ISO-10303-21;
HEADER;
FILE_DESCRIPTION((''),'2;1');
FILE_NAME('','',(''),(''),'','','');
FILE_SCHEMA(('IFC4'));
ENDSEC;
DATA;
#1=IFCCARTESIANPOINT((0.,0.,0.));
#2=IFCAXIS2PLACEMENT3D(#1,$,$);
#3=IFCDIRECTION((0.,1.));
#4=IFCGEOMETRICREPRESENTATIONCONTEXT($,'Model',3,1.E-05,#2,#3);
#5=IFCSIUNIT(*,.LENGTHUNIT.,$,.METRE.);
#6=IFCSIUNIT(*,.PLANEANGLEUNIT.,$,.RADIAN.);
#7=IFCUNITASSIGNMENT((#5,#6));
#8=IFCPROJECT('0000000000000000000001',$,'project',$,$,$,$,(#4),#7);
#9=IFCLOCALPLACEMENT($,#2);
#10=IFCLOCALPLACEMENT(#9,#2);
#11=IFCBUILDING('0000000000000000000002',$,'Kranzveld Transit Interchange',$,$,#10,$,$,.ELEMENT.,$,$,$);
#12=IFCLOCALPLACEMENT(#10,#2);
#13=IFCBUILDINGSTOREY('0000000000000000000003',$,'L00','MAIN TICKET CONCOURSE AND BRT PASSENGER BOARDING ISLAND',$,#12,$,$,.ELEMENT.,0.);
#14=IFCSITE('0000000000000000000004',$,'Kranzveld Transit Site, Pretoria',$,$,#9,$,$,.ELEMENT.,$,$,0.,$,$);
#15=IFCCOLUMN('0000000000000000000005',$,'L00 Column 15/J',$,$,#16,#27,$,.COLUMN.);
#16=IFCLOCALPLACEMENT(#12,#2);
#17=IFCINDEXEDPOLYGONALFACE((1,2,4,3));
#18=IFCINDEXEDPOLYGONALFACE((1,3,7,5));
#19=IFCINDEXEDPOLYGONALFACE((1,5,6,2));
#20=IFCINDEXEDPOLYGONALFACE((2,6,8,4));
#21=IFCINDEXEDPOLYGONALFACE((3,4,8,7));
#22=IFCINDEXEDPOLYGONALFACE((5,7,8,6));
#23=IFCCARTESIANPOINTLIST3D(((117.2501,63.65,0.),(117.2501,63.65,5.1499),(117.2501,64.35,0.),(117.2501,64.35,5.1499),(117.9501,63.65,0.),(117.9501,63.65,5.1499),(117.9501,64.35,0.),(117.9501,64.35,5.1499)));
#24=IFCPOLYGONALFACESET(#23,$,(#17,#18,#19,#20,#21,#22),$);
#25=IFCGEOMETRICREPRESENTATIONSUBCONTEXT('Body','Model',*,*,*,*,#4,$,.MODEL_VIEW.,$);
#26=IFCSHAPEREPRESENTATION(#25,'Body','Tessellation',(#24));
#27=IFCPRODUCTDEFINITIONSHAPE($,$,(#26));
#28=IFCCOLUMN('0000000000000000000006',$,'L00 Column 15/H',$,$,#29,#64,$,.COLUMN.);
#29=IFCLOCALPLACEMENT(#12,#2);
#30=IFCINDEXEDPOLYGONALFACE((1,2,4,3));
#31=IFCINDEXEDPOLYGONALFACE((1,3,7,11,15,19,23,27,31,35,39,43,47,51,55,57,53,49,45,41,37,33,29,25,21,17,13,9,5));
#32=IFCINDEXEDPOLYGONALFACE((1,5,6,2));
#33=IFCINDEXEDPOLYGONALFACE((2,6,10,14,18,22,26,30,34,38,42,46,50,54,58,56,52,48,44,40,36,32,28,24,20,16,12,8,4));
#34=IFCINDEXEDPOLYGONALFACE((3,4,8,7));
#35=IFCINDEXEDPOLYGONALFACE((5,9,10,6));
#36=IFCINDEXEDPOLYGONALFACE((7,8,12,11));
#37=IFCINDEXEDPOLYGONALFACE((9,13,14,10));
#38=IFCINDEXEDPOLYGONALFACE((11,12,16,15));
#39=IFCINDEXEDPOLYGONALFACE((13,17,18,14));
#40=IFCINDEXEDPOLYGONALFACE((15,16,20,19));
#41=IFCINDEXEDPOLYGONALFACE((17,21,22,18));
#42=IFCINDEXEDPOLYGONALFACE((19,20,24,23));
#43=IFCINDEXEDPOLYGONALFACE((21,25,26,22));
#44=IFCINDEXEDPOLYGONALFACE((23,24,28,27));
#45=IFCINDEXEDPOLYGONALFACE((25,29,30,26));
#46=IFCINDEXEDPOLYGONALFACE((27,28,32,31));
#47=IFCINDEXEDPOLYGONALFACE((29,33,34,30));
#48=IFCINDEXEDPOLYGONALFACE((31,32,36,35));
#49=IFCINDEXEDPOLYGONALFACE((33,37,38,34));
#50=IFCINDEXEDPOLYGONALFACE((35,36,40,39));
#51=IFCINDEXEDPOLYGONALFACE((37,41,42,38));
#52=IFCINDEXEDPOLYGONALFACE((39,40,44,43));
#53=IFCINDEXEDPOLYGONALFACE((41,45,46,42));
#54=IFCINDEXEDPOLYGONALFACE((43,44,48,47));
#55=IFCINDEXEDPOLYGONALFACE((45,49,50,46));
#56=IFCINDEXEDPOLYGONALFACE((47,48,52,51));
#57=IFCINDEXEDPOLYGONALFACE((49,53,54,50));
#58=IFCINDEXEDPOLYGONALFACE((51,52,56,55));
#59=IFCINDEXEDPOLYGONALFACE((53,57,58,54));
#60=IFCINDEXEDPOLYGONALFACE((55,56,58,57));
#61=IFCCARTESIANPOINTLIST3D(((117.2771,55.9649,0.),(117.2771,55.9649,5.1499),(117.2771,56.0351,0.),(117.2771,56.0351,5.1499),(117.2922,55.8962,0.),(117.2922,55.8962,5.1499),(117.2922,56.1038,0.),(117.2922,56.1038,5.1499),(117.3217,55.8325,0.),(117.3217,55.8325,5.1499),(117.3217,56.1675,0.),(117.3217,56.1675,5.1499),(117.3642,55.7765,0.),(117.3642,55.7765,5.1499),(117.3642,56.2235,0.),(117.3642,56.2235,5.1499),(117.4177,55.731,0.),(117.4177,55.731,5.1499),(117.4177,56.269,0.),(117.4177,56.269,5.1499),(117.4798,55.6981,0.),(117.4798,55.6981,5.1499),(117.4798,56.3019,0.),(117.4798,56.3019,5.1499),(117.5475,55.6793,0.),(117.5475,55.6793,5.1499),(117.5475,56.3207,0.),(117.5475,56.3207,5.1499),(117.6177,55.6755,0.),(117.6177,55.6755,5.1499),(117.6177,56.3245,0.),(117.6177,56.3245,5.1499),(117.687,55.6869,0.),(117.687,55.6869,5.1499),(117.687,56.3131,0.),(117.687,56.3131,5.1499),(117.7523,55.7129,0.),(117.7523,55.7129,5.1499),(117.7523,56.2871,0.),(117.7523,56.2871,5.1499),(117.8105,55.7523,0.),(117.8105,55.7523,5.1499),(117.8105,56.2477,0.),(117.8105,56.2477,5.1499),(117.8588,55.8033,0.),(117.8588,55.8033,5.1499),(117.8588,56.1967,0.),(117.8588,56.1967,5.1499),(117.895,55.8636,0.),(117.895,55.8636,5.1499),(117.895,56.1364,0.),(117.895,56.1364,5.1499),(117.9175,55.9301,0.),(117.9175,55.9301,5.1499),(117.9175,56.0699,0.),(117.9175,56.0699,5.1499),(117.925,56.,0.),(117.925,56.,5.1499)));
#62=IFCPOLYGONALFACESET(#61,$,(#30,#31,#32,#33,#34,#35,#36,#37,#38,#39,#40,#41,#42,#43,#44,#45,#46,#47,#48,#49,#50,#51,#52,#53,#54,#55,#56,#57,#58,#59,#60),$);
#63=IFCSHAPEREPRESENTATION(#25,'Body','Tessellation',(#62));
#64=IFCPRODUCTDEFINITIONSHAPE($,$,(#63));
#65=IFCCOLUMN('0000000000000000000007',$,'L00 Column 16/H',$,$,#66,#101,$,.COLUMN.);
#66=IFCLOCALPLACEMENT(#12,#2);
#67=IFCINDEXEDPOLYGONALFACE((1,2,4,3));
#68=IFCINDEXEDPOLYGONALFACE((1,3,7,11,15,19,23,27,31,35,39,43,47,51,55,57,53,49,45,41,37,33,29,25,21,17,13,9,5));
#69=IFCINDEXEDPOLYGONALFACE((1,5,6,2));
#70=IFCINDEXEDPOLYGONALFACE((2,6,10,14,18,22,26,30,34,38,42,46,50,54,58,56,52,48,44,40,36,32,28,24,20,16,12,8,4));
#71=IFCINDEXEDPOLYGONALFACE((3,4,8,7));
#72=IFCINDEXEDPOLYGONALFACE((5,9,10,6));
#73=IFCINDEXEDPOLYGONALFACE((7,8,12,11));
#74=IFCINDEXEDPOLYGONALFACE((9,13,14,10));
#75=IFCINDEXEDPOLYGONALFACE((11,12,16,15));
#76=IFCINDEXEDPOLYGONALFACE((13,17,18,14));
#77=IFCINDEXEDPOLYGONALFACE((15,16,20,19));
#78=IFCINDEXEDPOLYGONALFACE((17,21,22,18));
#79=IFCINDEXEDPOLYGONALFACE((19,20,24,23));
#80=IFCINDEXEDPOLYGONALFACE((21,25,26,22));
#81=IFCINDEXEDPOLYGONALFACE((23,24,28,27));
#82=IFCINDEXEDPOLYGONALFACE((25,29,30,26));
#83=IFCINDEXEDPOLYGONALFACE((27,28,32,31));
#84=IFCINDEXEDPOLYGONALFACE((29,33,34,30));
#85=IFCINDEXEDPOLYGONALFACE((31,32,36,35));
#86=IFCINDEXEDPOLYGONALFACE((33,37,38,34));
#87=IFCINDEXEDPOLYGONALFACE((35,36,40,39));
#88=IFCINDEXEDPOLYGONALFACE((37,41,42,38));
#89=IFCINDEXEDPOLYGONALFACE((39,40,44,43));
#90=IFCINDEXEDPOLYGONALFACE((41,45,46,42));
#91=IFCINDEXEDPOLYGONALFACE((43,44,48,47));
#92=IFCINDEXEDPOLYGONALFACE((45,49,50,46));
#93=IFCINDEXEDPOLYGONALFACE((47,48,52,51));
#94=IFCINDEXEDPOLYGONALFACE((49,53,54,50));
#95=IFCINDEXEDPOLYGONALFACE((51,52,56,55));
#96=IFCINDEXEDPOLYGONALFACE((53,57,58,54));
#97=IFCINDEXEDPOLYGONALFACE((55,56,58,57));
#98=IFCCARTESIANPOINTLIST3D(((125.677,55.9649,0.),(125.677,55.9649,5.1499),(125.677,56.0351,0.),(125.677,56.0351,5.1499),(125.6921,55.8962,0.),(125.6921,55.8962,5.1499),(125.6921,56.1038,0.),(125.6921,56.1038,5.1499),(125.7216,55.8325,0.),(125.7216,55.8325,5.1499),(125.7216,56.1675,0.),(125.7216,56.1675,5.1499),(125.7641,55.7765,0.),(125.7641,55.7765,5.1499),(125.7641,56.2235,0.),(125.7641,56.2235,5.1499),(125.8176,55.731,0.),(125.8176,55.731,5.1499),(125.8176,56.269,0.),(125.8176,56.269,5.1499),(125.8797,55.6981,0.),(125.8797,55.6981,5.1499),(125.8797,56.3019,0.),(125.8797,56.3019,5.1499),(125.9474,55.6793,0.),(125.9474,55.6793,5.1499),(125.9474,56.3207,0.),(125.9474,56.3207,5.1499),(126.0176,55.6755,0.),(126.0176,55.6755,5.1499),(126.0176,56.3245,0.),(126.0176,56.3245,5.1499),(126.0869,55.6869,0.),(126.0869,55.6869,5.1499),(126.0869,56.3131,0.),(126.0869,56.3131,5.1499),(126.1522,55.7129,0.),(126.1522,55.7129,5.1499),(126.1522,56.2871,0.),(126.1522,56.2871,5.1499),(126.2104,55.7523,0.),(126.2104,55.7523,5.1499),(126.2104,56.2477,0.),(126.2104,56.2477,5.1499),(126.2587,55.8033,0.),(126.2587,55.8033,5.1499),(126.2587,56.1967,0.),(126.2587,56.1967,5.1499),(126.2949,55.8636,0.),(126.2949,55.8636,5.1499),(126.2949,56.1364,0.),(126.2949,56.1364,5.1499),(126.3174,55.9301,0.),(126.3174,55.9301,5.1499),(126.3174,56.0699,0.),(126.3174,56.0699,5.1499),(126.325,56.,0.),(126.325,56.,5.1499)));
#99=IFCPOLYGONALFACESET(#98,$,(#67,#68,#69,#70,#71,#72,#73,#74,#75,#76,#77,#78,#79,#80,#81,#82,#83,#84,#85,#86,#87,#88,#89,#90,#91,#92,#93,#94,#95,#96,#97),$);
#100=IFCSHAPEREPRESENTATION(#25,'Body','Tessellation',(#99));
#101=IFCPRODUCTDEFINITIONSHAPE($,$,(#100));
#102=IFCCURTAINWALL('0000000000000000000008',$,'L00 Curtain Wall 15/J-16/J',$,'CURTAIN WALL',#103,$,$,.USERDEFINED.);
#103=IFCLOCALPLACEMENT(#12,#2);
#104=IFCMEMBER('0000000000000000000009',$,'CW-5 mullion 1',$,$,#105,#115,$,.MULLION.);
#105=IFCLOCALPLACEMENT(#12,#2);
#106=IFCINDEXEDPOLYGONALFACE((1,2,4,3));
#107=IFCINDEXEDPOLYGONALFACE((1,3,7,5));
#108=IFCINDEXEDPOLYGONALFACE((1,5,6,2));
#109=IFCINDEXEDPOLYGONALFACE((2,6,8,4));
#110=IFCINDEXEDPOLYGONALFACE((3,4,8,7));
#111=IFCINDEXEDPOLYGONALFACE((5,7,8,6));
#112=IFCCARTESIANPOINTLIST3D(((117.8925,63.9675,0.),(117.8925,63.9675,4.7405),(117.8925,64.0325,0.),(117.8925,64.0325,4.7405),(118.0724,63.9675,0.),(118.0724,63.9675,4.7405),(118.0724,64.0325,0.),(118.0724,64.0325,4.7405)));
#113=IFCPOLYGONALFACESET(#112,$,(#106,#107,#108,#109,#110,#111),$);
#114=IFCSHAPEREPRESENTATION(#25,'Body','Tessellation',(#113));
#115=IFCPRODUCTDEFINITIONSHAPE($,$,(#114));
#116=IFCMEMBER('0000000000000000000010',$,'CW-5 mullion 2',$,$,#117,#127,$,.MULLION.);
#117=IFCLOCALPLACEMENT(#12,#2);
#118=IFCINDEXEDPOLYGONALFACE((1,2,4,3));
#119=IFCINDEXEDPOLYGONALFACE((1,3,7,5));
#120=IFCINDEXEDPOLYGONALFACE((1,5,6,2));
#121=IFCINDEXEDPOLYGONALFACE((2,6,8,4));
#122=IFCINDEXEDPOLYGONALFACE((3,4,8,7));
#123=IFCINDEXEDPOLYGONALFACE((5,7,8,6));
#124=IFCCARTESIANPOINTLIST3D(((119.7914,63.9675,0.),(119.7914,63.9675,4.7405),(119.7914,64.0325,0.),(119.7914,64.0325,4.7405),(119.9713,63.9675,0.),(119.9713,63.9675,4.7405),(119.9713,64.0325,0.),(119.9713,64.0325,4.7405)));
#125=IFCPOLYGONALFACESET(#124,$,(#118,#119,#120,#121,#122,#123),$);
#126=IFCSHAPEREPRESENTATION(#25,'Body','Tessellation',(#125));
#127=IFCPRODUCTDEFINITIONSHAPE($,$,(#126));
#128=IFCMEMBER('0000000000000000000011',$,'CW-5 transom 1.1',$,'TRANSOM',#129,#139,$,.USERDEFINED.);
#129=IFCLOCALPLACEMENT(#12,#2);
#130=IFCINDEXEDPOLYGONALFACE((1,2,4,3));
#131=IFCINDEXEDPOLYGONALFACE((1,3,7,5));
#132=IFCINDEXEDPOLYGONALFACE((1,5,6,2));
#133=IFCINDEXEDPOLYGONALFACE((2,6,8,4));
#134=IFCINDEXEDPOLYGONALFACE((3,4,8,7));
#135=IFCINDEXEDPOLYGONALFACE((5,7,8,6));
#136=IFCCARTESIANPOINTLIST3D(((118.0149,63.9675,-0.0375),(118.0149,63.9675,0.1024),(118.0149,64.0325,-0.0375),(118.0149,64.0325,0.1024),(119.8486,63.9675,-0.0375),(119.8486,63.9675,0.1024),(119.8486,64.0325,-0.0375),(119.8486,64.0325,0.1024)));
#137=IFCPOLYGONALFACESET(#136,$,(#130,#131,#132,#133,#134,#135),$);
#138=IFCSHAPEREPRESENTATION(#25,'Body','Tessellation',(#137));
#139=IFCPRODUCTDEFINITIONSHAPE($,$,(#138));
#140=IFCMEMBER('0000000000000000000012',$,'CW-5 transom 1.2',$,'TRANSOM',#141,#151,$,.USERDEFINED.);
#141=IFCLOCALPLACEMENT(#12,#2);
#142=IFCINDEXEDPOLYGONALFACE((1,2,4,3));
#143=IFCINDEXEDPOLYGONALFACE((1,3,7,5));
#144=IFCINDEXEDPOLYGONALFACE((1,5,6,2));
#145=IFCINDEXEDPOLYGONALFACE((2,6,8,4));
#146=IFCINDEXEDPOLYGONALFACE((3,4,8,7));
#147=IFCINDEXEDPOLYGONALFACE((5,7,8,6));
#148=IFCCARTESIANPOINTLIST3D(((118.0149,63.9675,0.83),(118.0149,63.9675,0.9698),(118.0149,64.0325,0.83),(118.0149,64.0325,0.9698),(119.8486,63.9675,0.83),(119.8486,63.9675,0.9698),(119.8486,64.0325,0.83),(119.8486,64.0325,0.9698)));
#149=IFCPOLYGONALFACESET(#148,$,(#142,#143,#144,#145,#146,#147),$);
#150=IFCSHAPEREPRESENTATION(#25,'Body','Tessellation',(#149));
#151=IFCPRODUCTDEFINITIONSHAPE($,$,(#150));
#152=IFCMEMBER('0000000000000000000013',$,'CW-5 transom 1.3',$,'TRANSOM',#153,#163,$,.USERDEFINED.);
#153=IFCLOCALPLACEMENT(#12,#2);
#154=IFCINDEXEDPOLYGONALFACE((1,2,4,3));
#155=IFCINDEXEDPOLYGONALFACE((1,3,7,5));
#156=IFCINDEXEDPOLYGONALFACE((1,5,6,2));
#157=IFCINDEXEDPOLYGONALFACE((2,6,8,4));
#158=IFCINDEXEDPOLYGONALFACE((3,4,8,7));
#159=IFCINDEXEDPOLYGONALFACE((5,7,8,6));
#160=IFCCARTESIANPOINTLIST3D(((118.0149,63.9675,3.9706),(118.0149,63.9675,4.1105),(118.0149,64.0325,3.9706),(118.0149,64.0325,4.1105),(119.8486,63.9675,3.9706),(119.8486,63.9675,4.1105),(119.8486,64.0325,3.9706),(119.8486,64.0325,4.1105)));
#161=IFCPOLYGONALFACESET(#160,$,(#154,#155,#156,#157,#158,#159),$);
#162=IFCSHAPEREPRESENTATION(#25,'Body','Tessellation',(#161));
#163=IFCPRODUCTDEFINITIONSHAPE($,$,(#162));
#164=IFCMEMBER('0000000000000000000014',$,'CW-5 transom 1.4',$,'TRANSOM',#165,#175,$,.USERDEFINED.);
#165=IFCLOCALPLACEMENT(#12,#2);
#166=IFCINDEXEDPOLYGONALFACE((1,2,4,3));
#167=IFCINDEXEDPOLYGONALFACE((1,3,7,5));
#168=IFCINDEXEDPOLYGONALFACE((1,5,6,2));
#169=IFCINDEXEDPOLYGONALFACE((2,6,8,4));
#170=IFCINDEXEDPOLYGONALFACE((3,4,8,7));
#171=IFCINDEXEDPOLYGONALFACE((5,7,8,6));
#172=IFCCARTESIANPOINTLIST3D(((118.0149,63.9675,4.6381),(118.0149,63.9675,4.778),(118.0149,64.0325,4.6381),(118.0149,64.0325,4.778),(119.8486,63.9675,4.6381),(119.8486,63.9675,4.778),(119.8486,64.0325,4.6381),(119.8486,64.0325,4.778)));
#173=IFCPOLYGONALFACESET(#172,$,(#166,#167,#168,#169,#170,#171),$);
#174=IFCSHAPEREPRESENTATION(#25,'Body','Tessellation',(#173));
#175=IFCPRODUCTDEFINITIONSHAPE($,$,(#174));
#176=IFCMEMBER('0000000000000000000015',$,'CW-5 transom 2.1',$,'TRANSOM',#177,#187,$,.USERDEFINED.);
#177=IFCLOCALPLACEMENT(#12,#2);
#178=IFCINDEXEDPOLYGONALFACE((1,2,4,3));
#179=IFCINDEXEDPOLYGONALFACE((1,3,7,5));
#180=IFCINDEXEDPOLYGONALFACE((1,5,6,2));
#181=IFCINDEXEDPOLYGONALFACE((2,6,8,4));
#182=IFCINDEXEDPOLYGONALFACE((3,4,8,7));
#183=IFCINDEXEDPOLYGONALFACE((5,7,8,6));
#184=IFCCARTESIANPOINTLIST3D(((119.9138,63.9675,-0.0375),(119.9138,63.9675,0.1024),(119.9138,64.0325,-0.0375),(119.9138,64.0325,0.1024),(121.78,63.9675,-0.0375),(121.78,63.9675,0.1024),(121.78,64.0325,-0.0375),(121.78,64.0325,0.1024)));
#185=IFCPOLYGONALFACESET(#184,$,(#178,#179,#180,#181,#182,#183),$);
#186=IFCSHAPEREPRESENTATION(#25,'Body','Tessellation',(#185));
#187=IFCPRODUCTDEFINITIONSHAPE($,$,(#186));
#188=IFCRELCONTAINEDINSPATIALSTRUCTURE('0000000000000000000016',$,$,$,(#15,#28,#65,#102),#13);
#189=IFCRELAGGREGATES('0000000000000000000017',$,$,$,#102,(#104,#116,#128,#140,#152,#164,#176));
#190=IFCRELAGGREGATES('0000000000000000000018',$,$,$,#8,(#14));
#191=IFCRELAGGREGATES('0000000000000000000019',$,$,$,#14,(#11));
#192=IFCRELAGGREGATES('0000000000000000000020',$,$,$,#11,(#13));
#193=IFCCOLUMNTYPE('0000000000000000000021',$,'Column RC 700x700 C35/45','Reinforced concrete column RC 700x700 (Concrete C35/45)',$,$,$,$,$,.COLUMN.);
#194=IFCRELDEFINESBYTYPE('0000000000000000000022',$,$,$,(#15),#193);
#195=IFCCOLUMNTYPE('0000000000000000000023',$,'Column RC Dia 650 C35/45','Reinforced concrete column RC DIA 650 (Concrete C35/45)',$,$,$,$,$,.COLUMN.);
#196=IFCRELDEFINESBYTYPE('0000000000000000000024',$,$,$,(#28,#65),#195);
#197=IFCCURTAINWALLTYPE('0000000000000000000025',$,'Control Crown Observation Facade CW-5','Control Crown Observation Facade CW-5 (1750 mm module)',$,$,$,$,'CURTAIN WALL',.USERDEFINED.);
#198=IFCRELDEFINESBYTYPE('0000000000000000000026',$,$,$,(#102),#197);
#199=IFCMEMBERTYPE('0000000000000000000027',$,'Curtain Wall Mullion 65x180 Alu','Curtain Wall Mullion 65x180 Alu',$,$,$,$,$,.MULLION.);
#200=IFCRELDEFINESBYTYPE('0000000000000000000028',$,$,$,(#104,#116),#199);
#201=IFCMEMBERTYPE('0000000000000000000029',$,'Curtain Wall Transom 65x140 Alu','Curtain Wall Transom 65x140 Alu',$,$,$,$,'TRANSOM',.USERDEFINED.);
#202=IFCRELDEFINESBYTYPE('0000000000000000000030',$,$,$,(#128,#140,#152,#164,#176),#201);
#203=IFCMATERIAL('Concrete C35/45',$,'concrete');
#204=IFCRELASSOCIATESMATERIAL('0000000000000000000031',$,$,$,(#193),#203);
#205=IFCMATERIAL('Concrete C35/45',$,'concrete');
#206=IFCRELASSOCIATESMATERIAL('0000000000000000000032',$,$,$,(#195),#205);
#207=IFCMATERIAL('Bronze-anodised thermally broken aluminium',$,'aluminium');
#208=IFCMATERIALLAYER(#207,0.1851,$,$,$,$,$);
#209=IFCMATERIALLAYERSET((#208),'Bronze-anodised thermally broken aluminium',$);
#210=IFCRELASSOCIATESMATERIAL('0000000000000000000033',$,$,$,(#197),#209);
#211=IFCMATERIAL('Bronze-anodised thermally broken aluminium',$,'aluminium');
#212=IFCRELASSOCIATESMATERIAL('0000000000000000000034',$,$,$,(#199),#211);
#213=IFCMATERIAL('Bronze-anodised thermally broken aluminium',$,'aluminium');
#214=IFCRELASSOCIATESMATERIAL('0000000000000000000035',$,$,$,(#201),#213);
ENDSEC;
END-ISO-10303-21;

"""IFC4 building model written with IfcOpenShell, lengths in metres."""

from ifc_helpers import new_model, si_unit, direction, frame, origin, origin_2d, place, context, subcontext, project, spatial, rectangle, circle, extrude, material, layer, layer_set, material_profile, profile_set, type_object, element, aggregate, save


model = new_model("IFC4")

# Units and contexts
model_context = context("Model", 3, precision=1e-05, world=origin(), true_north=direction((0.0, 1.0)))
body_context = subcontext(model_context, "Body", "Model", "MODEL_VIEW")
ifc_project = project(units=[si_unit("LENGTHUNIT", "METRE"), si_unit("PLANEANGLEUNIT", "RADIAN")], contexts=[model_context])

# Site, building, storey
site_placement = place(None, origin())
site = spatial("IfcSite", under=ifc_project, at=site_placement, Name="Kranzveld Transit Site, Pretoria", CompositionType="ELEMENT", RefElevation=0.0)
building_placement = place(site_placement, origin())
building = spatial("IfcBuilding", under=site, at=building_placement, Name="Kranzveld Transit Interchange", CompositionType="ELEMENT")
storey_placement = place(building_placement, origin())
storey = spatial("IfcBuildingStorey", under=building, at=storey_placement, Name="L00", Description="MAIN TICKET CONCOURSE AND BRT PASSENGER BOARDING ISLAND", CompositionType="ELEMENT", Elevation=0.0)

# Columns
ifc_material_1 = material(Name="Concrete C35/45", Category="concrete")
ifc_material_profile_1 = material_profile(ifc_material_1, rectangle(XDim=0.7, YDim=0.7, at=origin_2d()), Name="RC 700x700")
ifc_profile_set_1 = profile_set([ifc_material_profile_1], Name="Concrete C35/45")
column_type_1 = type_object("IfcColumnType", Name="Column RC 700x700 C35/45", Description="Reinforced concrete column RC 700x700 (Concrete C35/45)", PredefinedType="COLUMN", material=ifc_profile_set_1)
column_placement = place(storey_placement, frame((117.6001, 64.0, 0.0), z_axis=(0.0, 0.0, 1.0), x_axis=(1.0, 0.0, 0.0)))
element("IfcColumn", 1, at=column_placement, inside=storey, type_object=column_type_1, Name="L00 Column 15/J", PredefinedType="COLUMN", context=body_context, shape_type="SweptSolid", body=[
    extrude(rectangle(XDim=0.7, YDim=0.7, at=origin_2d()), origin(), (0.0, 0.0, 1.0), 5.1499),
])
ifc_material_2 = material(Name="Concrete C35/45", Category="concrete")
ifc_material_profile_2 = material_profile(ifc_material_2, circle(Radius=0.325, at=origin_2d()), Name="RC DIA 650")
ifc_profile_set_2 = profile_set([ifc_material_profile_2], Name="Concrete C35/45")
column_type_2 = type_object("IfcColumnType", Name="Column RC Dia 650 C35/45", Description="Reinforced concrete column RC DIA 650 (Concrete C35/45)", PredefinedType="COLUMN", material=ifc_profile_set_2)
for number, where, z_axis, x_axis, name in (
    (2, (117.6001, 56.0, 0.0), (0.0, 0.0, 1.0), (1.0, 0.0, 0.0), "L00 Column 15/H"),
    (3, (126.0, 56.0, 0.0), (0.0, 0.0, 1.0), (1.0, 0.0, 0.0), "L00 Column 16/H"),
):
    element("IfcColumn", number, at=place(storey_placement, frame(where, z_axis=z_axis, x_axis=x_axis)), inside=storey, type_object=column_type_2, Name=name, PredefinedType="COLUMN", context=body_context, shape_type="SweptSolid", body=[
        extrude(circle(Radius=0.325, at=origin_2d()), origin(), (0.0, 0.0, 1.0), 5.1499),
    ])

# Curtain wall, members
ifc_material_3 = material(Name="Bronze-anodised thermally broken aluminium", Category="aluminium")
ifc_layer_1 = layer(ifc_material_3, 0.1851)
ifc_layer_set_1 = layer_set([ifc_layer_1], Name="Bronze-anodised thermally broken aluminium")
curtain_wall_type = type_object("IfcCurtainWallType", Name="Control Crown Observation Facade CW-5", Description="Control Crown Observation Facade CW-5 (1750 mm module)", ElementType="CURTAIN WALL", PredefinedType="USERDEFINED", material=ifc_layer_set_1)
curtain_wall_placement = place(storey_placement, origin())
curtain_wall = element("IfcCurtainWall", 4, at=curtain_wall_placement, inside=storey, type_object=curtain_wall_type, Name="L00 Curtain Wall 15/J-16/J", ObjectType="CURTAIN WALL", PredefinedType="USERDEFINED")
ifc_material_4 = material(Name="Bronze-anodised thermally broken aluminium", Category="aluminium")
ifc_material_profile_3 = material_profile(ifc_material_4, rectangle(XDim=0.0649, YDim=0.1799, at=origin_2d()), Name="ALU MULLION 65x180")
ifc_profile_set_3 = profile_set([ifc_material_profile_3], Name="Bronze-anodised thermally broken aluminium")
member_type_1 = type_object("IfcMemberType", Name="Curtain Wall Mullion 65x180 Alu", Description="Curtain Wall Mullion 65x180 Alu", PredefinedType="MULLION", material=ifc_profile_set_3)
member_1_placement = place(storey_placement, frame((117.9824, 64.0, 0.0), z_axis=(0.0, 0.0, 1.0), x_axis=(0.0, 1.0, 0.0)))
member_1 = element("IfcMember", 5, at=member_1_placement, type_object=member_type_1, Name="CW-5 mullion 1", PredefinedType="MULLION", context=body_context, shape_type="SweptSolid", body=[
    extrude(rectangle(XDim=0.0649, YDim=0.1799, at=origin_2d()), origin(), (0.0, 0.0, 1.0), 4.7405),
])
member_2_placement = place(storey_placement, frame((119.8813, 64.0, 0.0), z_axis=(0.0, 0.0, 1.0), x_axis=(0.0, 1.0, 0.0)))
member_2 = element("IfcMember", 6, at=member_2_placement, type_object=member_type_1, Name="CW-5 mullion 2", PredefinedType="MULLION", context=body_context, shape_type="SweptSolid", body=[
    extrude(rectangle(XDim=0.0649, YDim=0.1799, at=origin_2d()), origin(), (0.0, 0.0, 1.0), 4.7405),
])
ifc_material_5 = material(Name="Bronze-anodised thermally broken aluminium", Category="aluminium")
ifc_material_profile_4 = material_profile(ifc_material_5, rectangle(XDim=0.0649, YDim=0.1399, at=origin_2d()), Name="ALU TRANSOM 65x140")
ifc_profile_set_4 = profile_set([ifc_material_profile_4], Name="Bronze-anodised thermally broken aluminium")
member_type_2 = type_object("IfcMemberType", Name="Curtain Wall Transom 65x140 Alu", Description="Curtain Wall Transom 65x140 Alu", ElementType="TRANSOM", PredefinedType="USERDEFINED", material=ifc_profile_set_4)
member_3_placement = place(storey_placement, frame((118.0149, 64.0, 0.0325), z_axis=(1.0, 0.0, 0.0), x_axis=(0.0, 1.0, 0.0)))
member_3 = element("IfcMember", 7, at=member_3_placement, type_object=member_type_2, Name="CW-5 transom 1.1", ObjectType="TRANSOM", PredefinedType="USERDEFINED", context=body_context, shape_type="SweptSolid", body=[
    extrude(rectangle(XDim=0.0649, YDim=0.1399, at=origin_2d()), origin(), (0.0, 0.0, 1.0), 1.8337),
])
member_4_placement = place(storey_placement, frame((118.0149, 64.0, 0.8999), z_axis=(1.0, 0.0, 0.0), x_axis=(0.0, 1.0, 0.0)))
member_4 = element("IfcMember", 8, at=member_4_placement, type_object=member_type_2, Name="CW-5 transom 1.2", ObjectType="TRANSOM", PredefinedType="USERDEFINED", context=body_context, shape_type="SweptSolid", body=[
    extrude(rectangle(XDim=0.0649, YDim=0.1399, at=origin_2d()), origin(), (0.0, 0.0, 1.0), 1.8337),
])
member_5_placement = place(storey_placement, frame((118.0149, 64.0, 4.0405), z_axis=(1.0, 0.0, 0.0), x_axis=(0.0, 1.0, 0.0)))
member_5 = element("IfcMember", 9, at=member_5_placement, type_object=member_type_2, Name="CW-5 transom 1.3", ObjectType="TRANSOM", PredefinedType="USERDEFINED", context=body_context, shape_type="SweptSolid", body=[
    extrude(rectangle(XDim=0.0649, YDim=0.1399, at=origin_2d()), origin(), (0.0, 0.0, 1.0), 1.8337),
])
member_6_placement = place(storey_placement, frame((118.0149, 64.0, 4.708), z_axis=(1.0, 0.0, 0.0), x_axis=(0.0, 1.0, 0.0)))
member_6 = element("IfcMember", 10, at=member_6_placement, type_object=member_type_2, Name="CW-5 transom 1.4", ObjectType="TRANSOM", PredefinedType="USERDEFINED", context=body_context, shape_type="SweptSolid", body=[
    extrude(rectangle(XDim=0.0649, YDim=0.1399, at=origin_2d()), origin(), (0.0, 0.0, 1.0), 1.8337),
])
member_7_placement = place(storey_placement, frame((119.9138, 64.0, 0.0325), z_axis=(1.0, 0.0, 0.0), x_axis=(0.0, 1.0, 0.0)))
member_7 = element("IfcMember", 11, at=member_7_placement, type_object=member_type_2, Name="CW-5 transom 2.1", ObjectType="TRANSOM", PredefinedType="USERDEFINED", context=body_context, shape_type="SweptSolid", body=[
    extrude(rectangle(XDim=0.0649, YDim=0.1399, at=origin_2d()), origin(), (0.0, 0.0, 1.0), 1.8662),
])

aggregate(curtain_wall, [member_1, member_2, member_3, member_4, member_5, member_6, member_7])

save(model, "model.ifc")
